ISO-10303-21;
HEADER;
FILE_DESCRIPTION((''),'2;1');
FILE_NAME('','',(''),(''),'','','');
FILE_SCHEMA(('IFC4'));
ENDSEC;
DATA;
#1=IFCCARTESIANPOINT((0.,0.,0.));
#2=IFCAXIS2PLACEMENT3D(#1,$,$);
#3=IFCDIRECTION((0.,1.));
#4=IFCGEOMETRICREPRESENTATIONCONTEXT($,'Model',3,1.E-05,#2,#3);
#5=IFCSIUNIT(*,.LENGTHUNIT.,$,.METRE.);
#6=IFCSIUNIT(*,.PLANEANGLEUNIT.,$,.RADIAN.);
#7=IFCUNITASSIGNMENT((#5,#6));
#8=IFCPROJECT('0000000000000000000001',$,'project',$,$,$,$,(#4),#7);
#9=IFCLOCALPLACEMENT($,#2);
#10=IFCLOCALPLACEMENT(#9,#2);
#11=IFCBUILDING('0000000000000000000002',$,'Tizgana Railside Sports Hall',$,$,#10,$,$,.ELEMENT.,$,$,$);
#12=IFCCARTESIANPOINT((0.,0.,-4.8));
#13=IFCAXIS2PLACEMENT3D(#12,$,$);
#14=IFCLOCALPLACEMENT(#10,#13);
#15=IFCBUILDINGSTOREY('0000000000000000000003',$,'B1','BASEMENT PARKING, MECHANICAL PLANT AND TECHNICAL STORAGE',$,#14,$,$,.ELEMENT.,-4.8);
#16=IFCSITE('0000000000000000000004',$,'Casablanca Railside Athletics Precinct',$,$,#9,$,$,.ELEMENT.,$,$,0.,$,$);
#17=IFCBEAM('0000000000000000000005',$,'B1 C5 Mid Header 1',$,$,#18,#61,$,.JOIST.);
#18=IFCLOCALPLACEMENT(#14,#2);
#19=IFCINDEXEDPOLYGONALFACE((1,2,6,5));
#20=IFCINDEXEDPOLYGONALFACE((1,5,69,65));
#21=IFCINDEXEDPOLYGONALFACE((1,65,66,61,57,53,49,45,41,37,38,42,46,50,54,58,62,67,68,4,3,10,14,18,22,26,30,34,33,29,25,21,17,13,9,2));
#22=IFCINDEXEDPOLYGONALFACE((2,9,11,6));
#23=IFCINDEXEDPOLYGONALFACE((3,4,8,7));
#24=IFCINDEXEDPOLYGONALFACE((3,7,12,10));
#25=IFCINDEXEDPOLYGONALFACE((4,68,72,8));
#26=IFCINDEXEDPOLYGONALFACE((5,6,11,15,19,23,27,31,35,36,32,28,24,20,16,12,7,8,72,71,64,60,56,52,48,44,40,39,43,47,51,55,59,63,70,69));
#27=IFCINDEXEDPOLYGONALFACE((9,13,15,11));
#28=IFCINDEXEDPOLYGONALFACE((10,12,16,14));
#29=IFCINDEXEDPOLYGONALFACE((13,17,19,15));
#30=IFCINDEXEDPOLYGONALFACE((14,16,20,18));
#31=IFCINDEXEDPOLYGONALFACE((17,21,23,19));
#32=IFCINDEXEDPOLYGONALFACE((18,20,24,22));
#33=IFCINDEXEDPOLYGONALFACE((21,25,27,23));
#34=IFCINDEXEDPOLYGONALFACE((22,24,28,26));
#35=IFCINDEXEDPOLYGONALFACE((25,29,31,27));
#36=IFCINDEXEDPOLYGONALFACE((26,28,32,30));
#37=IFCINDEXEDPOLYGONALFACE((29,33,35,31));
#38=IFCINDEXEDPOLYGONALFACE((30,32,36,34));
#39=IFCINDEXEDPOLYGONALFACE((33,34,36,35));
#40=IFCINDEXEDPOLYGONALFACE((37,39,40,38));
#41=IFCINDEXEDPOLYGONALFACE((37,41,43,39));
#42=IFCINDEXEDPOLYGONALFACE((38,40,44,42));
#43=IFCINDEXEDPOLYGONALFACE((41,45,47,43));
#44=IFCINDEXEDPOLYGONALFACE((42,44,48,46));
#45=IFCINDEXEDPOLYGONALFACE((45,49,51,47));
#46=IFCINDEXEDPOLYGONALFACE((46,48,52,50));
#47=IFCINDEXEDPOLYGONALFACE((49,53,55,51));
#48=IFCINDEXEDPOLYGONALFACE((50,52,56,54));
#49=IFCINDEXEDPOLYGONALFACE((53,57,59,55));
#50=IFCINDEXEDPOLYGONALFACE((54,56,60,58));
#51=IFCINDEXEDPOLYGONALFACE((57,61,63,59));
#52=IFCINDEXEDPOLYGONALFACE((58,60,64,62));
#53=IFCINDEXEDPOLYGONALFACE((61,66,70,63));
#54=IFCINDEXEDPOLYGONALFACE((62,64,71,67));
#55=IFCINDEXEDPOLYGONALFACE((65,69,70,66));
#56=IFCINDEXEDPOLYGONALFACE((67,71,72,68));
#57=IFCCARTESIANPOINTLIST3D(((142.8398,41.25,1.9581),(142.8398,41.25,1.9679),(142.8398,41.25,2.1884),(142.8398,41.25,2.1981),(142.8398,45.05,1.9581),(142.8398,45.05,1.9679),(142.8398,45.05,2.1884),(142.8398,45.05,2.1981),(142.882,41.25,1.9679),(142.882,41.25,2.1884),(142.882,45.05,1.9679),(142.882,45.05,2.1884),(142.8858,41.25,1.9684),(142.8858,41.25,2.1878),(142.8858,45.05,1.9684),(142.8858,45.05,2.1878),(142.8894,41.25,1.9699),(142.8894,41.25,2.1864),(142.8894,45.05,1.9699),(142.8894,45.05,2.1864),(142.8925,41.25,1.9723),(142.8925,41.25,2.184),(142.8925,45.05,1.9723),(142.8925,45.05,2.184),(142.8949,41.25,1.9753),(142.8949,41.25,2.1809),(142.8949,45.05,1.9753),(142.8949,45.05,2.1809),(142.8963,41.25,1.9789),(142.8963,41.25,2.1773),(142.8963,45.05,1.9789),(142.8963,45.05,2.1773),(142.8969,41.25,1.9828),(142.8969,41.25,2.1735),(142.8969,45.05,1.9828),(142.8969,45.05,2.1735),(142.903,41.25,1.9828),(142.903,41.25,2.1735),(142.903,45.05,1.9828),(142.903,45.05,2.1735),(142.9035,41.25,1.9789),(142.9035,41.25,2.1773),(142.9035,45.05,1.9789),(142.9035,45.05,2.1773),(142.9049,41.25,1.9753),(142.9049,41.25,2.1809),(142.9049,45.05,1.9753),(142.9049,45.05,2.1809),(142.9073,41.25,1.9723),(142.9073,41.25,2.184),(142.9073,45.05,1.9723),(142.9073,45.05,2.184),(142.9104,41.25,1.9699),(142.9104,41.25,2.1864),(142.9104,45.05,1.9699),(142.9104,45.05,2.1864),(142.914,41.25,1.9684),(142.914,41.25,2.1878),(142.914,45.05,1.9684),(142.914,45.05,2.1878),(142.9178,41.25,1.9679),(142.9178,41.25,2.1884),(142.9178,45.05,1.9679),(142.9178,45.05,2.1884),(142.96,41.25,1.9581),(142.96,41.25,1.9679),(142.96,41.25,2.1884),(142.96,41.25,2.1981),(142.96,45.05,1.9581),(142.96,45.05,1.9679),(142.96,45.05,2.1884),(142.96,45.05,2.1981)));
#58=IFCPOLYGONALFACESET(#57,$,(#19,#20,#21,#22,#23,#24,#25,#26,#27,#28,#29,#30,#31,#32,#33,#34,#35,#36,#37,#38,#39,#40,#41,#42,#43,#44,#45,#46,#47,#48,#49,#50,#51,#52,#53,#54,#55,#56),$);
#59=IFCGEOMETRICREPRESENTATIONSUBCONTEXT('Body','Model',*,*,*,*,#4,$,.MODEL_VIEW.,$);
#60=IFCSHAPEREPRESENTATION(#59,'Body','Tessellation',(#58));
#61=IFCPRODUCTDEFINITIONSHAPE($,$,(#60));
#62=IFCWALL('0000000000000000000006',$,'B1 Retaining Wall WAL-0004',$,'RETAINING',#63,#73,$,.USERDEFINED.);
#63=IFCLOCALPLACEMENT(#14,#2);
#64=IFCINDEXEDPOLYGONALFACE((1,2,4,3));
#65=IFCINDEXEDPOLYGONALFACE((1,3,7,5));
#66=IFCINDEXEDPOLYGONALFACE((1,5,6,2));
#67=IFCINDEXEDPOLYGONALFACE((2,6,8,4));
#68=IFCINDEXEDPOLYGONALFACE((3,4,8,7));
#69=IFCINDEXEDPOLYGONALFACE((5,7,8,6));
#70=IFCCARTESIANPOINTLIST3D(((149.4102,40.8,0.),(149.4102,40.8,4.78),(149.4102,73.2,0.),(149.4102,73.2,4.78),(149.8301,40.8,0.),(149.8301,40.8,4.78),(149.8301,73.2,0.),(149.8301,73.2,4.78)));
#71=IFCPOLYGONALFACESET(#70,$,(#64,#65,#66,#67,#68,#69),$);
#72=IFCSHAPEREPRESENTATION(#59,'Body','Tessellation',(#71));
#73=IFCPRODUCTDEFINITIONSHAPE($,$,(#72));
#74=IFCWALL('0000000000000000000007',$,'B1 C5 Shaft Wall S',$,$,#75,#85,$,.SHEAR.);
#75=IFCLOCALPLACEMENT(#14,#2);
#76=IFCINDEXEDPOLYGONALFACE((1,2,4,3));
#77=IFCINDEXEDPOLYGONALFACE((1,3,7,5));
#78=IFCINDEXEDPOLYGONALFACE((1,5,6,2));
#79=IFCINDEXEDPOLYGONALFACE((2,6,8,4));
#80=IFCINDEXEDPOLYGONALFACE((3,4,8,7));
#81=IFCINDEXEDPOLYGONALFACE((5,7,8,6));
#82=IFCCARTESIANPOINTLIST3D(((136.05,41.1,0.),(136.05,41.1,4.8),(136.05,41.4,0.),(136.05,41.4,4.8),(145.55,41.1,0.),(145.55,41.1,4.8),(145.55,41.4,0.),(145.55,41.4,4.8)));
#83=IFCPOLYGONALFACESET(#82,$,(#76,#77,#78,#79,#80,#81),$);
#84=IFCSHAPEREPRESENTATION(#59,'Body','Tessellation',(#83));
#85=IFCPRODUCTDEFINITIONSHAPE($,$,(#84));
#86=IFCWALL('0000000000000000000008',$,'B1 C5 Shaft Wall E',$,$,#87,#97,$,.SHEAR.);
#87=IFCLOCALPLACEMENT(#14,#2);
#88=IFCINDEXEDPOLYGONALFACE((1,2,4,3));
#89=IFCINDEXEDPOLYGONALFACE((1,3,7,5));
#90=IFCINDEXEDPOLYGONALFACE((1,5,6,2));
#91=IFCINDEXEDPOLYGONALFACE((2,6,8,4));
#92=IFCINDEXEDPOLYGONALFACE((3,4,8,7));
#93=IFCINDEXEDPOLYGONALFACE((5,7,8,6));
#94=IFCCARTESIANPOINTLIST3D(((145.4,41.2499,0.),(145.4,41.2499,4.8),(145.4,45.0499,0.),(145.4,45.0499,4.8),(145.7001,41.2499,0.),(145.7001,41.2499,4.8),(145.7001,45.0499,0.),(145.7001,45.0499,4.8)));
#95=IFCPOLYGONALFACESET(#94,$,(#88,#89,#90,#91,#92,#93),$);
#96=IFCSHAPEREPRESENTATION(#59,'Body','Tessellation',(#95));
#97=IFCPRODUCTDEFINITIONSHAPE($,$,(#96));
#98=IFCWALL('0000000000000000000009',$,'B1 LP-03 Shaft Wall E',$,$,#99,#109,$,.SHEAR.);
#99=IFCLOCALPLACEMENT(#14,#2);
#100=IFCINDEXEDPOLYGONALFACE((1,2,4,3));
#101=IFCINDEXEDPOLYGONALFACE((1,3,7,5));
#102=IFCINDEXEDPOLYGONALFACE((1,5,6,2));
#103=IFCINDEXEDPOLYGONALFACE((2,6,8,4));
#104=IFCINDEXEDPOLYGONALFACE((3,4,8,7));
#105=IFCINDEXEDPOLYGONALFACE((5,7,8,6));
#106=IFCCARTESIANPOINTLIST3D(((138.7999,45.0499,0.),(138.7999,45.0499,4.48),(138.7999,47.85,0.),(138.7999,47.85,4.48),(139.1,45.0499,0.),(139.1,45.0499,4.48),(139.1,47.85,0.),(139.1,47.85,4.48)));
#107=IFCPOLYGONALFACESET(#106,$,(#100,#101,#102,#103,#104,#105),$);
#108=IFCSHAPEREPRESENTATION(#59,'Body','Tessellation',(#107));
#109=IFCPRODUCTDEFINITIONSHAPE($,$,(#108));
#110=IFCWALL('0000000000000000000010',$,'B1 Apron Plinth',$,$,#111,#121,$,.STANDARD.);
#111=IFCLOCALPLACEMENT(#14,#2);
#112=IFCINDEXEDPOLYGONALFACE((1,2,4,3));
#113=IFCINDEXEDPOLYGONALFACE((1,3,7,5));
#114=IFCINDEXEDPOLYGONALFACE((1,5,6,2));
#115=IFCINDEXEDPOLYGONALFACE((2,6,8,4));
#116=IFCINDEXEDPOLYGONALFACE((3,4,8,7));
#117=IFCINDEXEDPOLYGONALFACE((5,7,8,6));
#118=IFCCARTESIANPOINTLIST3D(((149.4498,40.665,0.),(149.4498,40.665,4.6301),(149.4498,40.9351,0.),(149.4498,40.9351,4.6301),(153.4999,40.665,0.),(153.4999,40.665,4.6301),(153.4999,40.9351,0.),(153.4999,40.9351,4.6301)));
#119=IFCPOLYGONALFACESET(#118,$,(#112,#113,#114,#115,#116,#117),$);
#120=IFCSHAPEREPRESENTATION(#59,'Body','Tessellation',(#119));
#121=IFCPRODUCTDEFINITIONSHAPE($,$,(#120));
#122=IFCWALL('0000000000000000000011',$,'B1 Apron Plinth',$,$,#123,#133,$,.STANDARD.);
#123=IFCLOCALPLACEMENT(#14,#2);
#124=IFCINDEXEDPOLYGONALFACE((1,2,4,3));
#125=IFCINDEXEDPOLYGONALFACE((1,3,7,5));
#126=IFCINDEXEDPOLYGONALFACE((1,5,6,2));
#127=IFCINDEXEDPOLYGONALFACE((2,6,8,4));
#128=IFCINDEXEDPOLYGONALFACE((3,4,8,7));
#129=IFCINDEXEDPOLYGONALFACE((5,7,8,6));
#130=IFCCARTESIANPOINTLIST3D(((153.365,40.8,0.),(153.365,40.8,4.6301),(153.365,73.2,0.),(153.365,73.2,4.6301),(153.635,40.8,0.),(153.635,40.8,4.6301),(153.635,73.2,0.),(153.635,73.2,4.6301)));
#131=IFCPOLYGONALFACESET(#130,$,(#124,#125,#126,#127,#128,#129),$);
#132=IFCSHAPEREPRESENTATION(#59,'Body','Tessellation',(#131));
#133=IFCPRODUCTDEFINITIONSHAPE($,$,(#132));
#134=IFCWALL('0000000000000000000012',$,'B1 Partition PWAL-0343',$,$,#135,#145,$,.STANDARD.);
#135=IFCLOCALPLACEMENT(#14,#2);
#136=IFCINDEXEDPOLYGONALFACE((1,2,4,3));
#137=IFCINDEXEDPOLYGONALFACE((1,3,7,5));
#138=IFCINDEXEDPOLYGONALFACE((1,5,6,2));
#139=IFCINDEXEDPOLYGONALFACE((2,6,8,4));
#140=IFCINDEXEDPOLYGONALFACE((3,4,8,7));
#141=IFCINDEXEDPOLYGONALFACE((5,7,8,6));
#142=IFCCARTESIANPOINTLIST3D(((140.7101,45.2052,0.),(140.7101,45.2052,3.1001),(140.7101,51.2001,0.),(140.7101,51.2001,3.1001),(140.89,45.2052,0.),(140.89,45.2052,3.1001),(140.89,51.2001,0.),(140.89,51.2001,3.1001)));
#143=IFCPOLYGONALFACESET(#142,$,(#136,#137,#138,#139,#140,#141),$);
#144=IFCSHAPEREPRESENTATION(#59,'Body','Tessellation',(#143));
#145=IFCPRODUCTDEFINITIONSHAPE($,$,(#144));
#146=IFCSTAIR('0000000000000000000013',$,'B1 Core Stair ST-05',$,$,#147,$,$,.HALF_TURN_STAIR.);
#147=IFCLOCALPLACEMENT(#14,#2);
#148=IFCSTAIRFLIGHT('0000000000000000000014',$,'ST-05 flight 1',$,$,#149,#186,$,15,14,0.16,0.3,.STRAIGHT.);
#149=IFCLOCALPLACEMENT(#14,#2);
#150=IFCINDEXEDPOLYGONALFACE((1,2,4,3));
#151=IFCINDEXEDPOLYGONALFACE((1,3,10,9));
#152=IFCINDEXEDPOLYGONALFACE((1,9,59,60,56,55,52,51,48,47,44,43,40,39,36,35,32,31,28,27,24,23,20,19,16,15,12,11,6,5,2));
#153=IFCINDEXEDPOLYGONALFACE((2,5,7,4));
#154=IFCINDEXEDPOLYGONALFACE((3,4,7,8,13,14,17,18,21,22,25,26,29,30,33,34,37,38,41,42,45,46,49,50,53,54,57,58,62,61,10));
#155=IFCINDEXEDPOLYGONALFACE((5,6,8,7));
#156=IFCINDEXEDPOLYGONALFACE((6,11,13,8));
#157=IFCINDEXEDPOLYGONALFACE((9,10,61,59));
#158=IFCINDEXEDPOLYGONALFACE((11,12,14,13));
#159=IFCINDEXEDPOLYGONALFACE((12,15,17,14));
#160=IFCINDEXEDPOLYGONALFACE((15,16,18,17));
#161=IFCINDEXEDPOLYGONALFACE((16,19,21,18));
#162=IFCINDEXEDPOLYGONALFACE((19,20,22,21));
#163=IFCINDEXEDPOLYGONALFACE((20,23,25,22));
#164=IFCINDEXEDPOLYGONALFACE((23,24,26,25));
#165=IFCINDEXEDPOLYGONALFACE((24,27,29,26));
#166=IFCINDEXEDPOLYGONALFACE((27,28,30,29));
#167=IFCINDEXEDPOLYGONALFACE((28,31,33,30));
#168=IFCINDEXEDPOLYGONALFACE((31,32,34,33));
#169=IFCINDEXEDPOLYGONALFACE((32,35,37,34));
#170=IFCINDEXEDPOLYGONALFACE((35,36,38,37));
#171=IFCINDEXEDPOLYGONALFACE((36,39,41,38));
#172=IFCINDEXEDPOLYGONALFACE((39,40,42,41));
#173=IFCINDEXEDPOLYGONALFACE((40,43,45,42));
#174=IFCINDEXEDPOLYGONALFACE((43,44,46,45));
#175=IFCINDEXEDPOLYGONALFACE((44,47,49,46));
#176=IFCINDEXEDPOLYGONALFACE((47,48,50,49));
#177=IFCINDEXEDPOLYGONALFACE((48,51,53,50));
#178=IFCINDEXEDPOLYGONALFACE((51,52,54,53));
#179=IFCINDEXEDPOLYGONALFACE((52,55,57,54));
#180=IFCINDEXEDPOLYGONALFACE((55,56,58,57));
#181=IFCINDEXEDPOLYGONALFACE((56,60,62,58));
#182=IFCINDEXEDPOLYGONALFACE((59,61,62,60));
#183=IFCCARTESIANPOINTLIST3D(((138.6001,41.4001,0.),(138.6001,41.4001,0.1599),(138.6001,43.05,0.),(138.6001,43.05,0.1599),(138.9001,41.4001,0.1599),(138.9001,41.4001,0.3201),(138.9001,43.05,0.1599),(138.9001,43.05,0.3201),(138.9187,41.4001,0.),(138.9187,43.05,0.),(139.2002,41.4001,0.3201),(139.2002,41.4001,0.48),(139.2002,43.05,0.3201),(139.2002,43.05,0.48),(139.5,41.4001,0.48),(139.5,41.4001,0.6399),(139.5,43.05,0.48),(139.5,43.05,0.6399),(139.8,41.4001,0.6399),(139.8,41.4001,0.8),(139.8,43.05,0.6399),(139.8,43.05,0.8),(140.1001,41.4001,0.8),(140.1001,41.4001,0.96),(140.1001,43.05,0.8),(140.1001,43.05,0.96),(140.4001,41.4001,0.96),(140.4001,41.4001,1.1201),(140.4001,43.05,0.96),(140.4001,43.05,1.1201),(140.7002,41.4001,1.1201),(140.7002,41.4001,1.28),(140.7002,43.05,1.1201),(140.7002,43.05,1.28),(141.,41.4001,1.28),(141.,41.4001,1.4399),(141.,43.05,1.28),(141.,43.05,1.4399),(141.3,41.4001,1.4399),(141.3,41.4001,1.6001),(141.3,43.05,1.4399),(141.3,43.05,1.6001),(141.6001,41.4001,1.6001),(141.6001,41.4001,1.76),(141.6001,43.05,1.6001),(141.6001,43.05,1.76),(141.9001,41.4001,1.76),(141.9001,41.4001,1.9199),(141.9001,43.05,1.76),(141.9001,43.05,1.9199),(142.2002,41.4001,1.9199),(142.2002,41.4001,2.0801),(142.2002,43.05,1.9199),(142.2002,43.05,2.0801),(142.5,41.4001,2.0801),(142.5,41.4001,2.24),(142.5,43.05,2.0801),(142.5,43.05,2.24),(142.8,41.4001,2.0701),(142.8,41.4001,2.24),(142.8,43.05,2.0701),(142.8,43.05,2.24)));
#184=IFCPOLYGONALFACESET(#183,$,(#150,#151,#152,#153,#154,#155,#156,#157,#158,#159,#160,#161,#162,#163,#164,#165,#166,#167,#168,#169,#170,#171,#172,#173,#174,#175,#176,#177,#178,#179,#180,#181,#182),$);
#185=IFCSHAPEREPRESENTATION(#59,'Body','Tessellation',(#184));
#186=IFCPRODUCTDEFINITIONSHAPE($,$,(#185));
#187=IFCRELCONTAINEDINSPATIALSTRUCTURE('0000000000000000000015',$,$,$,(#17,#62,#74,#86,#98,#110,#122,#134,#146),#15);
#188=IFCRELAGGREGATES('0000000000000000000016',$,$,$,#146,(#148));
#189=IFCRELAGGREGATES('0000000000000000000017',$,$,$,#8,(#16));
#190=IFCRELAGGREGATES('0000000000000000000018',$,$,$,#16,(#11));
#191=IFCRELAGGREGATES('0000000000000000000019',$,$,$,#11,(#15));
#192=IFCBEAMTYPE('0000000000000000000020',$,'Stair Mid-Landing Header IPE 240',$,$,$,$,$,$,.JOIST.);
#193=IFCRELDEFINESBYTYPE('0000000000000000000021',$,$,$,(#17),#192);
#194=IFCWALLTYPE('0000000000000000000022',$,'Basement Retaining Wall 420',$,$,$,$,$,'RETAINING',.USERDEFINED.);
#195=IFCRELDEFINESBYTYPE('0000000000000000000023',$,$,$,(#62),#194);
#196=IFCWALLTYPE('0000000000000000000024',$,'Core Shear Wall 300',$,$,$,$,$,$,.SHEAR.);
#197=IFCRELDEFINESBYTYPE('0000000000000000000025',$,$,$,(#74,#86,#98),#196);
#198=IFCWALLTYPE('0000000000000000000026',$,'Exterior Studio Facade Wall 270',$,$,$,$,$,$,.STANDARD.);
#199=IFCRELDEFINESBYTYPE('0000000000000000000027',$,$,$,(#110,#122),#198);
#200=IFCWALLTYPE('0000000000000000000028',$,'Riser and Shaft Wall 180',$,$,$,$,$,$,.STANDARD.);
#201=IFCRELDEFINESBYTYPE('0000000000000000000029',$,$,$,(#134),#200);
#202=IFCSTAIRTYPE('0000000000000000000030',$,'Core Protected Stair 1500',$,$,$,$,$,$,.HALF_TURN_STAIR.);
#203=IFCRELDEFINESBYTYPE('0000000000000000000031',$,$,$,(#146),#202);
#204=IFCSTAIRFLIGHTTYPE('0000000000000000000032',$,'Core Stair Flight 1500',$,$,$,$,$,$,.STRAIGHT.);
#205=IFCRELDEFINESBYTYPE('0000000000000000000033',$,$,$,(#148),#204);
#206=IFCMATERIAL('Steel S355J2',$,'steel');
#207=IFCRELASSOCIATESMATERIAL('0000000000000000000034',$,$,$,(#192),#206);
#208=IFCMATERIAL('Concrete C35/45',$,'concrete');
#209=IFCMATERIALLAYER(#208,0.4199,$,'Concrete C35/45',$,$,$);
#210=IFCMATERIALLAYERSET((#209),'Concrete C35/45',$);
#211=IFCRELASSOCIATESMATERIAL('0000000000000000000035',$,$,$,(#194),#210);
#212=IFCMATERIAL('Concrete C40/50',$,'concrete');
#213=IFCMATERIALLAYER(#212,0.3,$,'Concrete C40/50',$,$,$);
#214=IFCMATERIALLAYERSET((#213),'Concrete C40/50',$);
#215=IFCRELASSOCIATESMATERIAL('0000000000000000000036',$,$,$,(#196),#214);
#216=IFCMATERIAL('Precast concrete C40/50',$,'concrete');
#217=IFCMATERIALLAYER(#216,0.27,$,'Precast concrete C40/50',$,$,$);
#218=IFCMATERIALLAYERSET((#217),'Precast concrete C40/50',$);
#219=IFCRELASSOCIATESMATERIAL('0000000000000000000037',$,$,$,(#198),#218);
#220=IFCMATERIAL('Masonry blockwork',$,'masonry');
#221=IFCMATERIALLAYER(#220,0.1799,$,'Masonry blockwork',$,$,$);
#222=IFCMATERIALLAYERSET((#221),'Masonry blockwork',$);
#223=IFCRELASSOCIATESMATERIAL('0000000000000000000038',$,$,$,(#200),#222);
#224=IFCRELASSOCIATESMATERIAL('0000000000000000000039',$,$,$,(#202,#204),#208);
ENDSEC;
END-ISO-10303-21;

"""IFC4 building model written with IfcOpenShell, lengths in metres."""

from ifc_helpers import new_model, si_unit, direction, frame, frame_2d, origin, origin_2d, place, context, subcontext, project, spatial, polyline, rectangle, i_section, outline, extrude, material, layer, layer_set, material_profile, profile_set, type_object, element, aggregate, save


model = new_model("IFC4")

# Units and contexts
model_context = context("Model", 3, precision=1e-05, world=origin(), true_north=direction((0.0, 1.0)))
body_context = subcontext(model_context, "Body", "Model", "MODEL_VIEW")
ifc_project = project(units=[si_unit("LENGTHUNIT", "METRE"), si_unit("PLANEANGLEUNIT", "RADIAN")], contexts=[model_context])

# Site, building, storey
site_placement = place(None, origin())
site = spatial("IfcSite", under=ifc_project, at=site_placement, Name="Casablanca Railside Athletics Precinct", CompositionType="ELEMENT", RefElevation=0.0)
building_placement = place(site_placement, origin())
building = spatial("IfcBuilding", under=site, at=building_placement, Name="Tizgana Railside Sports Hall", CompositionType="ELEMENT")
storey_placement = place(building_placement, frame((0.0, 0.0, -4.8)))
storey = spatial("IfcBuildingStorey", under=building, at=storey_placement, Name="B1", Description="BASEMENT PARKING, MECHANICAL PLANT AND TECHNICAL STORAGE", CompositionType="ELEMENT", Elevation=-4.8)

# Shared definitions
ifc_material_1 = material(Name="Concrete C35/45", Category="concrete")

# Shared definitions
ifc_material_2 = material(Name="Concrete C40/50", Category="concrete")

# Beam
ifc_material_3 = material(Name="Steel S355J2", Category="steel")
ifc_material_profile_1 = material_profile(ifc_material_3, i_section(OverallWidth=0.1201, OverallDepth=0.24, WebThickness=0.0061, FlangeThickness=0.0098, FilletRadius=0.0149, at=origin_2d()), Name="IPE 240")
ifc_profile_set_1 = profile_set([ifc_material_profile_1], Name="Steel S355J2")
beam_type_1 = type_object("IfcBeamType", Name="Stair Mid-Landing Header IPE 240", PredefinedType="JOIST", material=ifc_profile_set_1)
beam_1_placement = place(storey_placement, frame((142.8999, 41.25, 2.0781), z_axis=(0.0, 1.0, 0.0), x_axis=(-1.0, 0.0, 0.0)))
element("IfcBeam", 1, at=beam_1_placement, inside=storey, type_object=beam_type_1, Name="B1 C5 Mid Header 1", PredefinedType="JOIST", context=body_context, shape_type="SweptSolid", body=[
    extrude(i_section(OverallWidth=0.1201, OverallDepth=0.24, WebThickness=0.0061, FlangeThickness=0.0098, FilletRadius=0.0149, at=origin_2d()), origin(), (0.0, 0.0, 1.0), 3.8),
])

# Walls
ifc_layer_1 = layer(ifc_material_1, 0.4199, Name="Concrete C35/45")
ifc_layer_set_1 = layer_set([ifc_layer_1], Name="Concrete C35/45")
wall_type_1 = type_object("IfcWallType", Name="Basement Retaining Wall 420", ElementType="RETAINING", PredefinedType="USERDEFINED", material=ifc_layer_set_1)
wall_1_placement = place(storey_placement, frame((149.6201, 40.8, 0.0), z_axis=(0.0, 0.0, 1.0), x_axis=(0.0, 1.0, 0.0)))
element("IfcWall", 2, at=wall_1_placement, inside=storey, type_object=wall_type_1, Name="B1 Retaining Wall WAL-0004", ObjectType="RETAINING", PredefinedType="USERDEFINED", context=body_context, shape_type="SweptSolid", body=[
    extrude(rectangle(XDim=32.3999, YDim=0.4199, at=frame_2d((16.2, 0.0))), origin(), (0.0, 0.0, 1.0), 4.78),
])
ifc_layer_2 = layer(ifc_material_2, 0.3, Name="Concrete C40/50")
ifc_layer_set_2 = layer_set([ifc_layer_2], Name="Concrete C40/50")
wall_type_2 = type_object("IfcWallType", Name="Core Shear Wall 300", PredefinedType="SHEAR", material=ifc_layer_set_2)
wall_2_placement = place(storey_placement, frame((145.55, 41.25, 0.0), z_axis=(0.0, 0.0, 1.0), x_axis=(-1.0, 0.0, 0.0)))
element("IfcWall", 3, at=wall_2_placement, inside=storey, type_object=wall_type_2, Name="B1 C5 Shaft Wall S", PredefinedType="SHEAR", context=body_context, shape_type="SweptSolid", body=[
    extrude(rectangle(XDim=9.5, YDim=0.3, at=frame_2d((4.75, 0.0))), origin(), (0.0, 0.0, 1.0), 4.8),
])
wall_3_placement = place(storey_placement, frame((145.55, 41.25, 0.0), z_axis=(0.0, 0.0, 1.0), x_axis=(0.0, 1.0, 0.0)))
element("IfcWall", 4, at=wall_3_placement, inside=storey, type_object=wall_type_2, Name="B1 C5 Shaft Wall E", PredefinedType="SHEAR", context=body_context, shape_type="SweptSolid", body=[
    extrude(rectangle(XDim=3.8, YDim=0.3, at=frame_2d((1.8999, 0.0))), origin(), (0.0, 0.0, 1.0), 4.8),
])
wall_4_placement = place(storey_placement, frame((138.95, 45.05, 0.0), z_axis=(0.0, 0.0, 1.0), x_axis=(0.0, 1.0, 0.0)))
element("IfcWall", 5, at=wall_4_placement, inside=storey, type_object=wall_type_2, Name="B1 LP-03 Shaft Wall E", PredefinedType="SHEAR", context=body_context, shape_type="SweptSolid", body=[
    extrude(rectangle(XDim=2.8, YDim=0.3, at=frame_2d((1.3999, 0.0))), origin(), (0.0, 0.0, 1.0), 4.48),
])
ifc_material_4 = material(Name="Precast concrete C40/50", Category="concrete")
ifc_layer_3 = layer(ifc_material_4, 0.27, Name="Precast concrete C40/50")
ifc_layer_set_3 = layer_set([ifc_layer_3], Name="Precast concrete C40/50")
wall_type_3 = type_object("IfcWallType", Name="Exterior Studio Facade Wall 270", PredefinedType="STANDARD", material=ifc_layer_set_3)
wall_5_placement = place(storey_placement, frame((149.45, 40.8, 0.0), z_axis=(0.0, 0.0, 1.0), x_axis=(1.0, 0.0, 0.0)))
element("IfcWall", 6, at=wall_5_placement, inside=storey, type_object=wall_type_3, Name="B1 Apron Plinth", PredefinedType="STANDARD", context=body_context, shape_type="SweptSolid", body=[
    extrude(rectangle(XDim=4.05, YDim=0.27, at=frame_2d((2.0249, 0.0))), origin(), (0.0, 0.0, 1.0), 4.6301),
])
wall_6_placement = place(storey_placement, frame((153.5, 40.8, 0.0), z_axis=(0.0, 0.0, 1.0), x_axis=(0.0, 1.0, 0.0)))
element("IfcWall", 7, at=wall_6_placement, inside=storey, type_object=wall_type_3, Name="B1 Apron Plinth", PredefinedType="STANDARD", context=body_context, shape_type="SweptSolid", body=[
    extrude(rectangle(XDim=32.3999, YDim=0.27, at=frame_2d((16.2, 0.0))), origin(), (0.0, 0.0, 1.0), 4.6301),
])
ifc_material_5 = material(Name="Masonry blockwork", Category="masonry")
ifc_layer_4 = layer(ifc_material_5, 0.1799, Name="Masonry blockwork")
ifc_layer_set_4 = layer_set([ifc_layer_4], Name="Masonry blockwork")
wall_type_4 = type_object("IfcWallType", Name="Riser and Shaft Wall 180", PredefinedType="STANDARD", material=ifc_layer_set_4)
wall_7_placement = place(storey_placement, frame((140.8, 45.2051, 0.0), z_axis=(0.0, 0.0, 1.0), x_axis=(0.0, 1.0, 0.0)))
element("IfcWall", 8, at=wall_7_placement, inside=storey, type_object=wall_type_4, Name="B1 Partition PWAL-0343", PredefinedType="STANDARD", context=body_context, shape_type="SweptSolid", body=[
    extrude(rectangle(XDim=5.9949, YDim=0.1799, at=frame_2d((2.9976, 0.0))), origin(), (0.0, 0.0, 1.0), 3.1001),
])

# Stair, stair flight
stair_type = type_object("IfcStairType", Name="Core Protected Stair 1500", PredefinedType="HALF_TURN_STAIR", material=ifc_material_1)
stair_placement = place(storey_placement, origin())
stair = element("IfcStair", 9, at=stair_placement, inside=storey, type_object=stair_type, Name="B1 Core Stair ST-05", PredefinedType="HALF_TURN_STAIR")
stair_flight_type = type_object("IfcStairFlightType", Name="Core Stair Flight 1500", PredefinedType="STRAIGHT", material=ifc_material_1)
stair_flight_1_placement = place(storey_placement, frame((138.6001, 42.2251, 0.0), z_axis=(0.0, 0.0, 1.0), x_axis=(1.0, 0.0, 0.0)))
stair_flight_1 = element("IfcStairFlight", 10, at=stair_flight_1_placement, type_object=stair_flight_type, Name="ST-05 flight 1", NumberOfRisers=15, NumberOfTreads=14, PredefinedType="STRAIGHT", RiserHeight=0.16, TreadLength=0.3, context=body_context, shape_type="SweptSolid", body=[
    extrude(outline(polyline([(0.0, 0.0), (0.0, 0.1599), (0.3, 0.1599), (0.3, 0.3201), (0.6001, 0.3201), (0.6001, 0.48), (0.8999, 0.48), (0.8999, 0.6399), (1.2, 0.6399), (1.2, 0.8), (1.5, 0.8), (1.5, 0.96), (1.8, 0.96), (1.8, 1.1201), (2.1001, 1.1201), (2.1001, 1.28), (2.3999, 1.28), (2.3999, 1.4399), (2.7, 1.4399), (2.7, 1.6001), (3.0, 1.6001), (3.0, 1.76), (3.3, 1.76), (3.3, 1.9199), (3.6001, 1.9199), (3.6001, 2.0801), (3.8999, 2.0801), (3.8999, 2.24), (4.2, 2.24), (4.2, 2.3999), (4.2, 2.0701), (0.3186, 0.0), (0.0, 0.0)])), frame((0.0, 0.825, 0.0), z_axis=(0.0, -1.0, 0.0), x_axis=(1.0, 0.0, 0.0)), (0.0, 0.0, 1.0), 1.6499),
])
aggregate(stair, [stair_flight_1])

save(model, "model.ifc")
